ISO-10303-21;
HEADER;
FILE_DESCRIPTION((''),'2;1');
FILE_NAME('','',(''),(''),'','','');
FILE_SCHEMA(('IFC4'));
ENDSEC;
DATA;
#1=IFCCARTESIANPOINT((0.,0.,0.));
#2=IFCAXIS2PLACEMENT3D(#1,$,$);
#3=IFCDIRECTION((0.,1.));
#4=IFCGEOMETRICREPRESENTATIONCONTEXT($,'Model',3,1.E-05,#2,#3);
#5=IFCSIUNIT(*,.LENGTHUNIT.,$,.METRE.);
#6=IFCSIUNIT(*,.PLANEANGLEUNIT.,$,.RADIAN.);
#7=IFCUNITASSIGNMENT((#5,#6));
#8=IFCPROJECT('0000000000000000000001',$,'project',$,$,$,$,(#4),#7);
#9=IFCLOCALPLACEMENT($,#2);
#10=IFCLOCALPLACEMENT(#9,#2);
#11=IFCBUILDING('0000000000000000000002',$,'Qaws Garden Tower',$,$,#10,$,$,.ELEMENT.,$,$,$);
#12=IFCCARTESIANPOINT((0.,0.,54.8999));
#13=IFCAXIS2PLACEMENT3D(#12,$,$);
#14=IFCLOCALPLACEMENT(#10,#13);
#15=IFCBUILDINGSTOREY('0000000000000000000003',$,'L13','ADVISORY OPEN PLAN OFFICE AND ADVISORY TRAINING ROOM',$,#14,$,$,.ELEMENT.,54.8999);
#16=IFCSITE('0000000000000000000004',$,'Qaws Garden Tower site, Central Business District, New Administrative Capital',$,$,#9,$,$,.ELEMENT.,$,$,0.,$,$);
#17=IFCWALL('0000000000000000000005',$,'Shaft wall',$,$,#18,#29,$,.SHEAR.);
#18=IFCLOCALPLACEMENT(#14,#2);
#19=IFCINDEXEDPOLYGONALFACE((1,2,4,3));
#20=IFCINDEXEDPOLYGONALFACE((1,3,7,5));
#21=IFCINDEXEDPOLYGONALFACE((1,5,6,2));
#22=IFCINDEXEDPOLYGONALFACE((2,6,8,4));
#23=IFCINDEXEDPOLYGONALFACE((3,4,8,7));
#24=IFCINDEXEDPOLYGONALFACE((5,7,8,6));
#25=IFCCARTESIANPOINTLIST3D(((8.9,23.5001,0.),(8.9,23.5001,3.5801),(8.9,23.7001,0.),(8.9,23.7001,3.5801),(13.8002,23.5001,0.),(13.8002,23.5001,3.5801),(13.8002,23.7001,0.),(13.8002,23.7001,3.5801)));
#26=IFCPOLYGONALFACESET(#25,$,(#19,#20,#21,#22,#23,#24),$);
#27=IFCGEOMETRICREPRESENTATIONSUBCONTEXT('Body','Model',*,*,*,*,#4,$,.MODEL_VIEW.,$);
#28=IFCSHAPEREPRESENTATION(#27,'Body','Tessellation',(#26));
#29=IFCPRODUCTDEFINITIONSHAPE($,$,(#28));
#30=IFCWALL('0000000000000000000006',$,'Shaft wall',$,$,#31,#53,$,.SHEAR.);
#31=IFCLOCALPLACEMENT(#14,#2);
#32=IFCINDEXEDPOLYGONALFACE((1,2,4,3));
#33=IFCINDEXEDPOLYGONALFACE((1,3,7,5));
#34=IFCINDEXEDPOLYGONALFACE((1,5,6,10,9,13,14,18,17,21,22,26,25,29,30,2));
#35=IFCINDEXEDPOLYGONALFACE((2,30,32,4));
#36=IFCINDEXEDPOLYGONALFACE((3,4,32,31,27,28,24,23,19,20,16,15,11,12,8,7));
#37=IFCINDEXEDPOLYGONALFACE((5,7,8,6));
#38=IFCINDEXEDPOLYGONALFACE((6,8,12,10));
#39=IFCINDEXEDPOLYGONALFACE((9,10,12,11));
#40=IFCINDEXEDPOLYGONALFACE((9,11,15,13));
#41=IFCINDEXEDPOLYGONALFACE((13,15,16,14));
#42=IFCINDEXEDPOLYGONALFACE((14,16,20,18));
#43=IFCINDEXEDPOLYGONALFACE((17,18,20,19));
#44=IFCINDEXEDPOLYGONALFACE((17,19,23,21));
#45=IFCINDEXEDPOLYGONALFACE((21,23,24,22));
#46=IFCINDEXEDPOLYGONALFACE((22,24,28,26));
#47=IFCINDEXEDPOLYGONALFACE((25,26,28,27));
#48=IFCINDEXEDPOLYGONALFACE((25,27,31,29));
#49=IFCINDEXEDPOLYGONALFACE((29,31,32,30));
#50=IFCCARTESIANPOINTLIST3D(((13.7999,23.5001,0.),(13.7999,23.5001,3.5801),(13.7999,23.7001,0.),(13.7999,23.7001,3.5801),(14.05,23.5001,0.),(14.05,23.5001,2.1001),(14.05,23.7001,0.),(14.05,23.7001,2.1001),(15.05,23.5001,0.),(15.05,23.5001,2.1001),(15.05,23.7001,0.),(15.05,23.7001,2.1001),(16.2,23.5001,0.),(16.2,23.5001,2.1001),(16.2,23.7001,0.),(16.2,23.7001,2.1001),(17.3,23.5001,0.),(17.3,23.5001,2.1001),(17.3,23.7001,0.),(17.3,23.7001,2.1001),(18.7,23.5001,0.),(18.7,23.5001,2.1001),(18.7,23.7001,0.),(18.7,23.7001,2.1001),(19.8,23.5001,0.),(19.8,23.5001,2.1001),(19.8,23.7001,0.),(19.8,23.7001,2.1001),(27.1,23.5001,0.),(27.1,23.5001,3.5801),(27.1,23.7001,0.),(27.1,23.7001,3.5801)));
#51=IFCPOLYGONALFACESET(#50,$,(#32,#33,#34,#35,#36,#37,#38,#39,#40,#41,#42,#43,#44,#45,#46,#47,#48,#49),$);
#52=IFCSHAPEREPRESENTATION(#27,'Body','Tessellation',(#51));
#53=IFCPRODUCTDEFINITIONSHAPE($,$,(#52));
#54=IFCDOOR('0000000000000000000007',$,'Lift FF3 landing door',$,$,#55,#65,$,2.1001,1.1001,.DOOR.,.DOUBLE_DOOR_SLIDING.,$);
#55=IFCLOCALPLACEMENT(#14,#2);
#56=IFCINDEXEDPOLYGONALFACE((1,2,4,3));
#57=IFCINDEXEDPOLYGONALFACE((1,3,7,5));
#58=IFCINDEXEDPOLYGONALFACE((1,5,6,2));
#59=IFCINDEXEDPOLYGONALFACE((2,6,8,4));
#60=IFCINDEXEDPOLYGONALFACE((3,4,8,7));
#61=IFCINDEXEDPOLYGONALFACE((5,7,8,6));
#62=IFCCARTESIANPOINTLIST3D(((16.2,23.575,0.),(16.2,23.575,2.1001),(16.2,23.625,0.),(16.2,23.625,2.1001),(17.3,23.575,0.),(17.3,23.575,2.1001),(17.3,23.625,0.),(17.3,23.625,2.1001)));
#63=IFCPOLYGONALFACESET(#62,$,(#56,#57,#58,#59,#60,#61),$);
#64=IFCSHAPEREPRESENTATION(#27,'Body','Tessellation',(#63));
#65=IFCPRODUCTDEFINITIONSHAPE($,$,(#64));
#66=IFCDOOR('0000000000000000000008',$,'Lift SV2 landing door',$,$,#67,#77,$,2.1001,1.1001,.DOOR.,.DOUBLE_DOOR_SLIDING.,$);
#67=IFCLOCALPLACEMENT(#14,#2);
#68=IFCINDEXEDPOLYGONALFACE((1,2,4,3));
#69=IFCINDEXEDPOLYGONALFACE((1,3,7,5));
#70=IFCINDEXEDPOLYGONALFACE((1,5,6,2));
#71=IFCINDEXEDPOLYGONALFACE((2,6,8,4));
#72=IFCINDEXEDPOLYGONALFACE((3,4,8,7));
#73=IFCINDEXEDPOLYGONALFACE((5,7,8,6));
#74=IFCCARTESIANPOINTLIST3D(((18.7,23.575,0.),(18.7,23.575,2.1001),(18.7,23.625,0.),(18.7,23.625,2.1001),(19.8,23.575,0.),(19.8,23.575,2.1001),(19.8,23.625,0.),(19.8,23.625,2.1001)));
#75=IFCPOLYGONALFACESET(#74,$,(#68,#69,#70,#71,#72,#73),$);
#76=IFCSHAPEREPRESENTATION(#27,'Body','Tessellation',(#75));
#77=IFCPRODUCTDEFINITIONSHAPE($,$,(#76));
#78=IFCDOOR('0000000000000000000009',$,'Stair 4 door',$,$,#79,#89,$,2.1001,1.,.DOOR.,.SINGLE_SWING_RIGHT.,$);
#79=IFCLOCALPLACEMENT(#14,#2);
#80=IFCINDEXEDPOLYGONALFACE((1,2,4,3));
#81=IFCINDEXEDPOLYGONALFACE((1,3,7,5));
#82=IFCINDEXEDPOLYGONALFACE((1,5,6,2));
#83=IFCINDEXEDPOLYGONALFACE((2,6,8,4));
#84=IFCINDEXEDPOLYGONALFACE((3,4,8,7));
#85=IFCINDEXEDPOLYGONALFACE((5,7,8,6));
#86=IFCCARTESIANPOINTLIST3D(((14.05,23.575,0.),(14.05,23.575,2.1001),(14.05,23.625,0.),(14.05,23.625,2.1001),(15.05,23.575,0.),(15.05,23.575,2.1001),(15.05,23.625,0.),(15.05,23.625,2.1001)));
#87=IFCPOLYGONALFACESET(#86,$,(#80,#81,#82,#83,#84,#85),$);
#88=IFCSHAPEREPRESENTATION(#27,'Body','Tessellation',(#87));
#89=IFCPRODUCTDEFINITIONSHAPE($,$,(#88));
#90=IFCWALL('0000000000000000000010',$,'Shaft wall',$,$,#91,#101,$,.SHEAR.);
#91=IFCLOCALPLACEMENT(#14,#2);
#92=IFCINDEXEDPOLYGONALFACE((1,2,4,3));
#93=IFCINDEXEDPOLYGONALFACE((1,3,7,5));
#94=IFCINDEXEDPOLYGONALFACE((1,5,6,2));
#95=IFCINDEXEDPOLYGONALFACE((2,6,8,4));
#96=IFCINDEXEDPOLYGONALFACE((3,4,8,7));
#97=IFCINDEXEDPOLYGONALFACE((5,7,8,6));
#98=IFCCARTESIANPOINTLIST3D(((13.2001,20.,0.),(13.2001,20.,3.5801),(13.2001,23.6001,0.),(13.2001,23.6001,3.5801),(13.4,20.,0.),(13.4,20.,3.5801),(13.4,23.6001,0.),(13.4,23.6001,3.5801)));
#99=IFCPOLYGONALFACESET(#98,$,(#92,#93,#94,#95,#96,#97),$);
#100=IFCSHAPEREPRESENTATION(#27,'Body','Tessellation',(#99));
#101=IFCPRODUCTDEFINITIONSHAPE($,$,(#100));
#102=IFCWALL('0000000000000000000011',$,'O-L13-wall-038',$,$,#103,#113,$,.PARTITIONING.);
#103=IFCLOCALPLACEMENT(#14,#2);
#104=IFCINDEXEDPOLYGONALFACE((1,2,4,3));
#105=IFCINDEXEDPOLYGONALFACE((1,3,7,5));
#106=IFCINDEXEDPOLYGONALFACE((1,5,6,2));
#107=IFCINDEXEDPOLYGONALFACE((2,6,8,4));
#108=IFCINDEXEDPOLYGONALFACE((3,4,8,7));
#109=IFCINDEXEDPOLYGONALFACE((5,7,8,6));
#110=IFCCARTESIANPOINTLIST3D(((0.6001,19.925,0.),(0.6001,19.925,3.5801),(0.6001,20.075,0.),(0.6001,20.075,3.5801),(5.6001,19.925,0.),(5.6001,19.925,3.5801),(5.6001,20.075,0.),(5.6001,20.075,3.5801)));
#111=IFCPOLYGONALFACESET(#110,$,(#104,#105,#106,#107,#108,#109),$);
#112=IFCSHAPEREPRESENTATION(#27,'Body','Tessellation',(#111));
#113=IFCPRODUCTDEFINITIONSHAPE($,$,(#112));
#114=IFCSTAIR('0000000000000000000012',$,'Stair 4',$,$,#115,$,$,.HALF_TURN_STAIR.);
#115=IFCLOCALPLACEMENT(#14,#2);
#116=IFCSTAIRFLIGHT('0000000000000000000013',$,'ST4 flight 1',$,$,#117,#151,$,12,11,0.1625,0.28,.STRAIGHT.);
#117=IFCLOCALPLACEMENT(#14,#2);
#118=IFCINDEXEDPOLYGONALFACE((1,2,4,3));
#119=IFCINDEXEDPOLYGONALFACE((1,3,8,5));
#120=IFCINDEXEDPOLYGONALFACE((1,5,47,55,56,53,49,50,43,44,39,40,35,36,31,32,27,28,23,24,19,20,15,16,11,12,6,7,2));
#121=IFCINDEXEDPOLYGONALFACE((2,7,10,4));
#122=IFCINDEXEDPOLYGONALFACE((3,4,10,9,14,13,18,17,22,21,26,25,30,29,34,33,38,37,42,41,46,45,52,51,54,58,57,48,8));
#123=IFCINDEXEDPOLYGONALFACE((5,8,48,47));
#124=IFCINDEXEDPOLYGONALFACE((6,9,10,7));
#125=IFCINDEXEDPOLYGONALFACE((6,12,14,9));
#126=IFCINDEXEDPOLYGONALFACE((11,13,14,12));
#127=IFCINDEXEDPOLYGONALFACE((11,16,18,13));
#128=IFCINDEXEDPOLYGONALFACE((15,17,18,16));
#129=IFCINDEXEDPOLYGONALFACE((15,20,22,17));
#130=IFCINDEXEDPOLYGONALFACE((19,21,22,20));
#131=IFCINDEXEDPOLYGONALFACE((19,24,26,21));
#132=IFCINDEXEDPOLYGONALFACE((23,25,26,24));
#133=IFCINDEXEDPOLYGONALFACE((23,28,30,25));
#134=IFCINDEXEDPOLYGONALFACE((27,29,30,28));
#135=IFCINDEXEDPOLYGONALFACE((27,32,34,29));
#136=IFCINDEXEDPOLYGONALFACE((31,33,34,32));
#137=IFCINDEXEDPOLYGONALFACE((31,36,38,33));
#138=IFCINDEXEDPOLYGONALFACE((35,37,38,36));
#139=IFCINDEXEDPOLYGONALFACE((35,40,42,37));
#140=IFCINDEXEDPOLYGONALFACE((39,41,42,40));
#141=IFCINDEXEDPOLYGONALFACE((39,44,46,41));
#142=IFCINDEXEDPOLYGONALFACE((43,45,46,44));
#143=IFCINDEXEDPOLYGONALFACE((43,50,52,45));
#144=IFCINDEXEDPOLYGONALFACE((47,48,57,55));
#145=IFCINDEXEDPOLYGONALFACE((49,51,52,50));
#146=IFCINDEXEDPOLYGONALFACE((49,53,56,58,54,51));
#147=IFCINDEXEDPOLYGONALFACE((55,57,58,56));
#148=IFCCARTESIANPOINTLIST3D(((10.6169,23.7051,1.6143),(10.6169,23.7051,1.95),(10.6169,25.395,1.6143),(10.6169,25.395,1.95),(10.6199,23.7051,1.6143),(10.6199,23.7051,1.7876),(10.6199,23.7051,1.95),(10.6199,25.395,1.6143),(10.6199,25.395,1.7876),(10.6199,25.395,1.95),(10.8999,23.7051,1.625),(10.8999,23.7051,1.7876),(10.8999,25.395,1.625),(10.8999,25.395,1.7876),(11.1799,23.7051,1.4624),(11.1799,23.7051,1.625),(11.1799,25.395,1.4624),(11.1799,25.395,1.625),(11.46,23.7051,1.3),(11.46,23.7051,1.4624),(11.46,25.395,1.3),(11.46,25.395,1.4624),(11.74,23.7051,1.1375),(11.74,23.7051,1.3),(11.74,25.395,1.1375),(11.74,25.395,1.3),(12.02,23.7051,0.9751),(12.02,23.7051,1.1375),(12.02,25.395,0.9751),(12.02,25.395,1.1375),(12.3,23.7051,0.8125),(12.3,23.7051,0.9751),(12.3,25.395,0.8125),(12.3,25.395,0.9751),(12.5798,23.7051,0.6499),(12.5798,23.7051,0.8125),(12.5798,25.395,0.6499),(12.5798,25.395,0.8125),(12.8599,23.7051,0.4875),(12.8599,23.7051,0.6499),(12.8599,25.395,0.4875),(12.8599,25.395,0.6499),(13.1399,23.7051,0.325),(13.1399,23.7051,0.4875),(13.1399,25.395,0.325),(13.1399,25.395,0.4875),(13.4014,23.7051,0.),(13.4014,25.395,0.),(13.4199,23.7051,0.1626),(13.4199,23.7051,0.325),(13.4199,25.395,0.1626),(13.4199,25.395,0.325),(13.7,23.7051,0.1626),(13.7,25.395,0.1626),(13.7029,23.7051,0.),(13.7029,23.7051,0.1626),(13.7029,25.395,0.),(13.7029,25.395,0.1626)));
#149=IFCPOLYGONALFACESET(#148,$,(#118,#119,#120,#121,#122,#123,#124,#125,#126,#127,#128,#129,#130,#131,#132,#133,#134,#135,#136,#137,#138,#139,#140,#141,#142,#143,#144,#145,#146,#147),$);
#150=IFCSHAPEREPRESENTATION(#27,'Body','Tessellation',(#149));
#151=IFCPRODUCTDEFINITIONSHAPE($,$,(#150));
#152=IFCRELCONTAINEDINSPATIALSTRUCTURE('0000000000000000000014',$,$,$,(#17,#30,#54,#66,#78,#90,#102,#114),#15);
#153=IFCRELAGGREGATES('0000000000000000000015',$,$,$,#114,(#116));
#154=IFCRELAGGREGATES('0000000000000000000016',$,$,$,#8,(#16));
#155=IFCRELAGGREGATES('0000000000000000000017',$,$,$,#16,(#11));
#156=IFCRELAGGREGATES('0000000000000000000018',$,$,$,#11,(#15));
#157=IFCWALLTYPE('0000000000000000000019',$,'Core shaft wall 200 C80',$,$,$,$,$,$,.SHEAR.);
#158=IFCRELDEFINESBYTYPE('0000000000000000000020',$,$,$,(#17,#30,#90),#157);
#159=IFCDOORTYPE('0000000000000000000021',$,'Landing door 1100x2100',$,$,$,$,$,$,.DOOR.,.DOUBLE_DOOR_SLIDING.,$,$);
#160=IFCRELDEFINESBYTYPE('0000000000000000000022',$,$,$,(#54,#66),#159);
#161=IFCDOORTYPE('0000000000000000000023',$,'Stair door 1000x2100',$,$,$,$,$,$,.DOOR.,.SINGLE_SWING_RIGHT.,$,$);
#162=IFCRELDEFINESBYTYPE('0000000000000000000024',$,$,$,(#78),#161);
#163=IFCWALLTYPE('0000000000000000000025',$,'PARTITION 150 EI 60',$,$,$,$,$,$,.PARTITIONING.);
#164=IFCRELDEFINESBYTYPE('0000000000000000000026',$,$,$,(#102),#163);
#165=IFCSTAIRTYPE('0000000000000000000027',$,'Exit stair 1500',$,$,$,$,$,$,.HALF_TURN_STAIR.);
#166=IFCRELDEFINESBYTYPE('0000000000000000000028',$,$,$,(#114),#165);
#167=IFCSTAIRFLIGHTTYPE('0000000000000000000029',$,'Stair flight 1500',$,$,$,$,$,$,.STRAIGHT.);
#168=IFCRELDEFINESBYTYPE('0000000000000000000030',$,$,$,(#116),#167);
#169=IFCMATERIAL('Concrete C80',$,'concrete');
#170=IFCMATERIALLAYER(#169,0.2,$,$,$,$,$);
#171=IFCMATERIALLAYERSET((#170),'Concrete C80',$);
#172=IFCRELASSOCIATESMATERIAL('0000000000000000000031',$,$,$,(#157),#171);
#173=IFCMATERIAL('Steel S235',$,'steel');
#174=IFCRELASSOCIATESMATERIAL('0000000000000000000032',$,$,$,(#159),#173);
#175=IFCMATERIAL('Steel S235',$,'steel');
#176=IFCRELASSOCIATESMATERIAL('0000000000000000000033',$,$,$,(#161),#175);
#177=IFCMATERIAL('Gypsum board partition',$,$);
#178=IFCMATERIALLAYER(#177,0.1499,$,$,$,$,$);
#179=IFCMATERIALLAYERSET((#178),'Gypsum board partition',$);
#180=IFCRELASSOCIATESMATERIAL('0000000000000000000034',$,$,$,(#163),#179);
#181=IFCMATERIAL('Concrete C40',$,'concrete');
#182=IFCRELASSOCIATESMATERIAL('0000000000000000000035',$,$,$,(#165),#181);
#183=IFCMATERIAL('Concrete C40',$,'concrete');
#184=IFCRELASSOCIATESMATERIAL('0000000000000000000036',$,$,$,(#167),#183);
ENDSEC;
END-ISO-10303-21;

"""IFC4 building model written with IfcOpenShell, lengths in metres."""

from ifc_helpers import new_model, si_unit, direction, frame, frame_2d, origin, place, context, subcontext, project, spatial, polyline, rectangle, outline, extrude, material, layer, layer_set, type_object, element, fill, aggregate, save


model = new_model("IFC4")

# Units and contexts
model_context = context("Model", 3, precision=1e-05, world=origin(), true_north=direction((0.0, 1.0)))
body_context = subcontext(model_context, "Body", "Model", "MODEL_VIEW")
ifc_project = project(units=[si_unit("LENGTHUNIT", "METRE"), si_unit("PLANEANGLEUNIT", "RADIAN")], contexts=[model_context])

# Site, building, storey
site_placement = place(None, origin())
site = spatial("IfcSite", under=ifc_project, at=site_placement, Name="Qaws Garden Tower site, Central Business District, New Administrative Capital", CompositionType="ELEMENT", RefElevation=0.0)
building_placement = place(site_placement, origin())
building = spatial("IfcBuilding", under=site, at=building_placement, Name="Qaws Garden Tower", CompositionType="ELEMENT")
storey_placement = place(building_placement, frame((0.0, 0.0, 54.8999)))
storey = spatial("IfcBuildingStorey", under=building, at=storey_placement, Name="L13", Description="ADVISORY OPEN PLAN OFFICE AND ADVISORY TRAINING ROOM", CompositionType="ELEMENT", Elevation=54.8999)

# Wall
ifc_material_1 = material(Name="Concrete C80", Category="concrete")
ifc_layer_1 = layer(ifc_material_1, 0.2)
ifc_layer_set_1 = layer_set([ifc_layer_1], Name="Concrete C80")
wall_type_1 = type_object("IfcWallType", Name="Core shaft wall 200 C80", PredefinedType="SHEAR", material=ifc_layer_set_1)
wall_1_placement = place(storey_placement, frame((8.8999, 23.6001, 0.0), z_axis=(0.0, 0.0, 1.0), x_axis=(1.0, 0.0, 0.0)))
element("IfcWall", 1, at=wall_1_placement, inside=storey, type_object=wall_type_1, Name="Shaft wall", PredefinedType="SHEAR", context=body_context, shape_type="SweptSolid", body=[
    extrude(rectangle(XDim=4.9001, YDim=0.2, at=frame_2d((2.4502, 0.0))), origin(), (0.0, 0.0, 1.0), 3.5801),
])

# Wall, openings, doors
wall_2_placement = place(storey_placement, frame((13.8, 23.6001, 0.0), z_axis=(0.0, 0.0, 1.0), x_axis=(1.0, 0.0, 0.0)))
wall_2 = element("IfcWall", 2, at=wall_2_placement, inside=storey, type_object=wall_type_1, Name="Shaft wall", PredefinedType="SHEAR", context=body_context, shape_type="SweptSolid", body=[
    extrude(rectangle(XDim=13.3, YDim=0.2, at=frame_2d((6.6499, 0.0))), origin(), (0.0, 0.0, 1.0), 3.5801),
])
opening_1_placement = place(wall_2_placement, frame((2.3999, 0.0, 0.0)))
opening_1 = element("IfcOpeningElement", 3, at=opening_1_placement, cuts=wall_2, PredefinedType="OPENING", context=body_context, shape_type="SweptSolid", body=[
    extrude(rectangle(XDim=1.1001, YDim=2.1001, at=frame_2d((0.55, 1.05))), frame((0.0, 0.1099, 0.0), z_axis=(0.0, -1.0, 0.0), x_axis=(1.0, 0.0, 0.0)), (0.0, 0.0, 1.0), 0.22),
])
opening_2_placement = place(wall_2_placement, frame((4.8999, 0.0, 0.0)))
opening_2 = element("IfcOpeningElement", 4, at=opening_2_placement, cuts=wall_2, PredefinedType="OPENING", context=body_context, shape_type="SweptSolid", body=[
    extrude(rectangle(XDim=1.1001, YDim=2.1001, at=frame_2d((0.55, 1.05))), frame((0.0, 0.1099, 0.0), z_axis=(0.0, -1.0, 0.0), x_axis=(1.0, 0.0, 0.0)), (0.0, 0.0, 1.0), 0.22),
])
opening_3_placement = place(wall_2_placement, frame((0.25, 0.0, 0.0)))
opening_3 = element("IfcOpeningElement", 5, at=opening_3_placement, cuts=wall_2, PredefinedType="OPENING", context=body_context, shape_type="SweptSolid", body=[
    extrude(rectangle(XDim=1.0, YDim=2.1001, at=frame_2d((0.5, 1.05))), frame((0.0, 0.1099, 0.0), z_axis=(0.0, -1.0, 0.0), x_axis=(1.0, 0.0, 0.0)), (0.0, 0.0, 1.0), 0.22),
])
ifc_material_2 = material(Name="Steel S235", Category="steel")
door_type_1 = type_object("IfcDoorType", Name="Landing door 1100x2100", OperationType="DOUBLE_DOOR_SLIDING", PredefinedType="DOOR", material=ifc_material_2)
door_1_placement = place(opening_1_placement, origin())
door_1 = element("IfcDoor", 6, at=door_1_placement, inside=storey, type_object=door_type_1, Name="Lift FF3 landing door", OperationType="DOUBLE_DOOR_SLIDING", OverallHeight=2.1001, OverallWidth=1.1001, PredefinedType="DOOR", context=body_context, shape_type="SweptSolid", body=[
    extrude(rectangle(XDim=1.1001, YDim=2.1001, at=frame_2d((0.55, 1.05))), frame((0.0, 0.0249, 0.0), z_axis=(0.0, -1.0, 0.0), x_axis=(1.0, 0.0, 0.0)), (0.0, 0.0, 1.0), 0.05),
])
fill(opening_1, door_1)
door_2_placement = place(opening_2_placement, origin())
door_2 = element("IfcDoor", 7, at=door_2_placement, inside=storey, type_object=door_type_1, Name="Lift SV2 landing door", OperationType="DOUBLE_DOOR_SLIDING", OverallHeight=2.1001, OverallWidth=1.1001, PredefinedType="DOOR", context=body_context, shape_type="SweptSolid", body=[
    extrude(rectangle(XDim=1.1001, YDim=2.1001, at=frame_2d((0.55, 1.05))), frame((0.0, 0.0249, 0.0), z_axis=(0.0, -1.0, 0.0), x_axis=(1.0, 0.0, 0.0)), (0.0, 0.0, 1.0), 0.05),
])
fill(opening_2, door_2)
ifc_material_3 = material(Name="Steel S235", Category="steel")
door_type_2 = type_object("IfcDoorType", Name="Stair door 1000x2100", OperationType="SINGLE_SWING_RIGHT", PredefinedType="DOOR", material=ifc_material_3)
door_3_placement = place(opening_3_placement, origin())
door_3 = element("IfcDoor", 8, at=door_3_placement, inside=storey, type_object=door_type_2, Name="Stair 4 door", OperationType="SINGLE_SWING_RIGHT", OverallHeight=2.1001, OverallWidth=1.0, PredefinedType="DOOR", context=body_context, shape_type="SweptSolid", body=[
    extrude(rectangle(XDim=1.0, YDim=2.1001, at=frame_2d((0.5, 1.05))), frame((0.0, 0.0249, 0.0), z_axis=(0.0, -1.0, 0.0), x_axis=(1.0, 0.0, 0.0)), (0.0, 0.0, 1.0), 0.05),
])
fill(opening_3, door_3)

# Walls
wall_3_placement = place(storey_placement, frame((13.3, 20.0, 0.0), z_axis=(0.0, 0.0, 1.0), x_axis=(0.0, 1.0, 0.0)))
element("IfcWall", 9, at=wall_3_placement, inside=storey, type_object=wall_type_1, Name="Shaft wall", PredefinedType="SHEAR", context=body_context, shape_type="SweptSolid", body=[
    extrude(rectangle(XDim=3.6001, YDim=0.2, at=frame_2d((1.8, 0.0))), origin(), (0.0, 0.0, 1.0), 3.5801),
])
ifc_material_4 = material(Name="Gypsum board partition")
ifc_layer_2 = layer(ifc_material_4, 0.1499)
ifc_layer_set_2 = layer_set([ifc_layer_2], Name="Gypsum board partition")
wall_type_2 = type_object("IfcWallType", Name="PARTITION 150 EI 60", PredefinedType="PARTITIONING", material=ifc_layer_set_2)
wall_4_placement = place(storey_placement, frame((0.6001, 20.0, 0.0), z_axis=(0.0, 0.0, 1.0), x_axis=(1.0, 0.0, 0.0)))
element("IfcWall", 10, at=wall_4_placement, inside=storey, type_object=wall_type_2, Name="O-L13-wall-038", PredefinedType="PARTITIONING", context=body_context, shape_type="SweptSolid", body=[
    extrude(rectangle(XDim=5.0, YDim=0.1499, at=frame_2d((2.5, 0.0))), origin(), (0.0, 0.0, 1.0), 3.5801),
])

# Stair, stair flight
ifc_material_5 = material(Name="Concrete C40", Category="concrete")
stair_type = type_object("IfcStairType", Name="Exit stair 1500", PredefinedType="HALF_TURN_STAIR", material=ifc_material_5)
stair_placement = place(storey_placement, origin())
stair = element("IfcStair", 11, at=stair_placement, inside=storey, type_object=stair_type, Name="Stair 4", PredefinedType="HALF_TURN_STAIR")
ifc_material_6 = material(Name="Concrete C40", Category="concrete")
stair_flight_type = type_object("IfcStairFlightType", Name="Stair flight 1500", PredefinedType="STRAIGHT", material=ifc_material_6)
stair_flight_1_placement = place(storey_placement, frame((13.7, 24.55, 0.0), z_axis=(0.0, 0.0, 1.0), x_axis=(-1.0, 0.0, 0.0)))
stair_flight_1 = element("IfcStairFlight", 12, at=stair_flight_1_placement, type_object=stair_flight_type, Name="ST4 flight 1", NumberOfRisers=12, NumberOfTreads=11, PredefinedType="STRAIGHT", RiserHeight=0.1625, TreadLength=0.28, context=body_context, shape_type="SweptSolid", body=[
    extrude(outline(polyline([(-0.0029, 0.0), (-0.0029, 0.1626), (0.0, 0.1626), (0.28, 0.1626), (0.28, 0.325), (0.5601, 0.325), (0.5601, 0.4875), (0.8401, 0.4875), (0.8401, 0.6499), (1.1201, 0.6499), (1.1201, 0.8125), (1.3999, 0.8125), (1.3999, 0.9751), (1.6799, 0.9751), (1.6799, 1.1375), (1.96, 1.1375), (1.96, 1.3), (2.24, 1.3), (2.24, 1.4624), (2.52, 1.4624), (2.52, 1.625), (2.8, 1.625), (2.8, 1.7876), (3.0801, 1.7876), (3.0801, 1.95), (3.083, 1.95), (3.083, 1.6143), (3.0801, 1.6143), (0.2986, 0.0), (-0.0029, 0.0)])), frame((0.0, 0.845, 0.0), z_axis=(0.0, -1.0, 0.0), x_axis=(1.0, 0.0, 0.0)), (0.0, 0.0, 1.0), 1.6899),
])
aggregate(stair, [stair_flight_1])

save(model, "model.ifc")
